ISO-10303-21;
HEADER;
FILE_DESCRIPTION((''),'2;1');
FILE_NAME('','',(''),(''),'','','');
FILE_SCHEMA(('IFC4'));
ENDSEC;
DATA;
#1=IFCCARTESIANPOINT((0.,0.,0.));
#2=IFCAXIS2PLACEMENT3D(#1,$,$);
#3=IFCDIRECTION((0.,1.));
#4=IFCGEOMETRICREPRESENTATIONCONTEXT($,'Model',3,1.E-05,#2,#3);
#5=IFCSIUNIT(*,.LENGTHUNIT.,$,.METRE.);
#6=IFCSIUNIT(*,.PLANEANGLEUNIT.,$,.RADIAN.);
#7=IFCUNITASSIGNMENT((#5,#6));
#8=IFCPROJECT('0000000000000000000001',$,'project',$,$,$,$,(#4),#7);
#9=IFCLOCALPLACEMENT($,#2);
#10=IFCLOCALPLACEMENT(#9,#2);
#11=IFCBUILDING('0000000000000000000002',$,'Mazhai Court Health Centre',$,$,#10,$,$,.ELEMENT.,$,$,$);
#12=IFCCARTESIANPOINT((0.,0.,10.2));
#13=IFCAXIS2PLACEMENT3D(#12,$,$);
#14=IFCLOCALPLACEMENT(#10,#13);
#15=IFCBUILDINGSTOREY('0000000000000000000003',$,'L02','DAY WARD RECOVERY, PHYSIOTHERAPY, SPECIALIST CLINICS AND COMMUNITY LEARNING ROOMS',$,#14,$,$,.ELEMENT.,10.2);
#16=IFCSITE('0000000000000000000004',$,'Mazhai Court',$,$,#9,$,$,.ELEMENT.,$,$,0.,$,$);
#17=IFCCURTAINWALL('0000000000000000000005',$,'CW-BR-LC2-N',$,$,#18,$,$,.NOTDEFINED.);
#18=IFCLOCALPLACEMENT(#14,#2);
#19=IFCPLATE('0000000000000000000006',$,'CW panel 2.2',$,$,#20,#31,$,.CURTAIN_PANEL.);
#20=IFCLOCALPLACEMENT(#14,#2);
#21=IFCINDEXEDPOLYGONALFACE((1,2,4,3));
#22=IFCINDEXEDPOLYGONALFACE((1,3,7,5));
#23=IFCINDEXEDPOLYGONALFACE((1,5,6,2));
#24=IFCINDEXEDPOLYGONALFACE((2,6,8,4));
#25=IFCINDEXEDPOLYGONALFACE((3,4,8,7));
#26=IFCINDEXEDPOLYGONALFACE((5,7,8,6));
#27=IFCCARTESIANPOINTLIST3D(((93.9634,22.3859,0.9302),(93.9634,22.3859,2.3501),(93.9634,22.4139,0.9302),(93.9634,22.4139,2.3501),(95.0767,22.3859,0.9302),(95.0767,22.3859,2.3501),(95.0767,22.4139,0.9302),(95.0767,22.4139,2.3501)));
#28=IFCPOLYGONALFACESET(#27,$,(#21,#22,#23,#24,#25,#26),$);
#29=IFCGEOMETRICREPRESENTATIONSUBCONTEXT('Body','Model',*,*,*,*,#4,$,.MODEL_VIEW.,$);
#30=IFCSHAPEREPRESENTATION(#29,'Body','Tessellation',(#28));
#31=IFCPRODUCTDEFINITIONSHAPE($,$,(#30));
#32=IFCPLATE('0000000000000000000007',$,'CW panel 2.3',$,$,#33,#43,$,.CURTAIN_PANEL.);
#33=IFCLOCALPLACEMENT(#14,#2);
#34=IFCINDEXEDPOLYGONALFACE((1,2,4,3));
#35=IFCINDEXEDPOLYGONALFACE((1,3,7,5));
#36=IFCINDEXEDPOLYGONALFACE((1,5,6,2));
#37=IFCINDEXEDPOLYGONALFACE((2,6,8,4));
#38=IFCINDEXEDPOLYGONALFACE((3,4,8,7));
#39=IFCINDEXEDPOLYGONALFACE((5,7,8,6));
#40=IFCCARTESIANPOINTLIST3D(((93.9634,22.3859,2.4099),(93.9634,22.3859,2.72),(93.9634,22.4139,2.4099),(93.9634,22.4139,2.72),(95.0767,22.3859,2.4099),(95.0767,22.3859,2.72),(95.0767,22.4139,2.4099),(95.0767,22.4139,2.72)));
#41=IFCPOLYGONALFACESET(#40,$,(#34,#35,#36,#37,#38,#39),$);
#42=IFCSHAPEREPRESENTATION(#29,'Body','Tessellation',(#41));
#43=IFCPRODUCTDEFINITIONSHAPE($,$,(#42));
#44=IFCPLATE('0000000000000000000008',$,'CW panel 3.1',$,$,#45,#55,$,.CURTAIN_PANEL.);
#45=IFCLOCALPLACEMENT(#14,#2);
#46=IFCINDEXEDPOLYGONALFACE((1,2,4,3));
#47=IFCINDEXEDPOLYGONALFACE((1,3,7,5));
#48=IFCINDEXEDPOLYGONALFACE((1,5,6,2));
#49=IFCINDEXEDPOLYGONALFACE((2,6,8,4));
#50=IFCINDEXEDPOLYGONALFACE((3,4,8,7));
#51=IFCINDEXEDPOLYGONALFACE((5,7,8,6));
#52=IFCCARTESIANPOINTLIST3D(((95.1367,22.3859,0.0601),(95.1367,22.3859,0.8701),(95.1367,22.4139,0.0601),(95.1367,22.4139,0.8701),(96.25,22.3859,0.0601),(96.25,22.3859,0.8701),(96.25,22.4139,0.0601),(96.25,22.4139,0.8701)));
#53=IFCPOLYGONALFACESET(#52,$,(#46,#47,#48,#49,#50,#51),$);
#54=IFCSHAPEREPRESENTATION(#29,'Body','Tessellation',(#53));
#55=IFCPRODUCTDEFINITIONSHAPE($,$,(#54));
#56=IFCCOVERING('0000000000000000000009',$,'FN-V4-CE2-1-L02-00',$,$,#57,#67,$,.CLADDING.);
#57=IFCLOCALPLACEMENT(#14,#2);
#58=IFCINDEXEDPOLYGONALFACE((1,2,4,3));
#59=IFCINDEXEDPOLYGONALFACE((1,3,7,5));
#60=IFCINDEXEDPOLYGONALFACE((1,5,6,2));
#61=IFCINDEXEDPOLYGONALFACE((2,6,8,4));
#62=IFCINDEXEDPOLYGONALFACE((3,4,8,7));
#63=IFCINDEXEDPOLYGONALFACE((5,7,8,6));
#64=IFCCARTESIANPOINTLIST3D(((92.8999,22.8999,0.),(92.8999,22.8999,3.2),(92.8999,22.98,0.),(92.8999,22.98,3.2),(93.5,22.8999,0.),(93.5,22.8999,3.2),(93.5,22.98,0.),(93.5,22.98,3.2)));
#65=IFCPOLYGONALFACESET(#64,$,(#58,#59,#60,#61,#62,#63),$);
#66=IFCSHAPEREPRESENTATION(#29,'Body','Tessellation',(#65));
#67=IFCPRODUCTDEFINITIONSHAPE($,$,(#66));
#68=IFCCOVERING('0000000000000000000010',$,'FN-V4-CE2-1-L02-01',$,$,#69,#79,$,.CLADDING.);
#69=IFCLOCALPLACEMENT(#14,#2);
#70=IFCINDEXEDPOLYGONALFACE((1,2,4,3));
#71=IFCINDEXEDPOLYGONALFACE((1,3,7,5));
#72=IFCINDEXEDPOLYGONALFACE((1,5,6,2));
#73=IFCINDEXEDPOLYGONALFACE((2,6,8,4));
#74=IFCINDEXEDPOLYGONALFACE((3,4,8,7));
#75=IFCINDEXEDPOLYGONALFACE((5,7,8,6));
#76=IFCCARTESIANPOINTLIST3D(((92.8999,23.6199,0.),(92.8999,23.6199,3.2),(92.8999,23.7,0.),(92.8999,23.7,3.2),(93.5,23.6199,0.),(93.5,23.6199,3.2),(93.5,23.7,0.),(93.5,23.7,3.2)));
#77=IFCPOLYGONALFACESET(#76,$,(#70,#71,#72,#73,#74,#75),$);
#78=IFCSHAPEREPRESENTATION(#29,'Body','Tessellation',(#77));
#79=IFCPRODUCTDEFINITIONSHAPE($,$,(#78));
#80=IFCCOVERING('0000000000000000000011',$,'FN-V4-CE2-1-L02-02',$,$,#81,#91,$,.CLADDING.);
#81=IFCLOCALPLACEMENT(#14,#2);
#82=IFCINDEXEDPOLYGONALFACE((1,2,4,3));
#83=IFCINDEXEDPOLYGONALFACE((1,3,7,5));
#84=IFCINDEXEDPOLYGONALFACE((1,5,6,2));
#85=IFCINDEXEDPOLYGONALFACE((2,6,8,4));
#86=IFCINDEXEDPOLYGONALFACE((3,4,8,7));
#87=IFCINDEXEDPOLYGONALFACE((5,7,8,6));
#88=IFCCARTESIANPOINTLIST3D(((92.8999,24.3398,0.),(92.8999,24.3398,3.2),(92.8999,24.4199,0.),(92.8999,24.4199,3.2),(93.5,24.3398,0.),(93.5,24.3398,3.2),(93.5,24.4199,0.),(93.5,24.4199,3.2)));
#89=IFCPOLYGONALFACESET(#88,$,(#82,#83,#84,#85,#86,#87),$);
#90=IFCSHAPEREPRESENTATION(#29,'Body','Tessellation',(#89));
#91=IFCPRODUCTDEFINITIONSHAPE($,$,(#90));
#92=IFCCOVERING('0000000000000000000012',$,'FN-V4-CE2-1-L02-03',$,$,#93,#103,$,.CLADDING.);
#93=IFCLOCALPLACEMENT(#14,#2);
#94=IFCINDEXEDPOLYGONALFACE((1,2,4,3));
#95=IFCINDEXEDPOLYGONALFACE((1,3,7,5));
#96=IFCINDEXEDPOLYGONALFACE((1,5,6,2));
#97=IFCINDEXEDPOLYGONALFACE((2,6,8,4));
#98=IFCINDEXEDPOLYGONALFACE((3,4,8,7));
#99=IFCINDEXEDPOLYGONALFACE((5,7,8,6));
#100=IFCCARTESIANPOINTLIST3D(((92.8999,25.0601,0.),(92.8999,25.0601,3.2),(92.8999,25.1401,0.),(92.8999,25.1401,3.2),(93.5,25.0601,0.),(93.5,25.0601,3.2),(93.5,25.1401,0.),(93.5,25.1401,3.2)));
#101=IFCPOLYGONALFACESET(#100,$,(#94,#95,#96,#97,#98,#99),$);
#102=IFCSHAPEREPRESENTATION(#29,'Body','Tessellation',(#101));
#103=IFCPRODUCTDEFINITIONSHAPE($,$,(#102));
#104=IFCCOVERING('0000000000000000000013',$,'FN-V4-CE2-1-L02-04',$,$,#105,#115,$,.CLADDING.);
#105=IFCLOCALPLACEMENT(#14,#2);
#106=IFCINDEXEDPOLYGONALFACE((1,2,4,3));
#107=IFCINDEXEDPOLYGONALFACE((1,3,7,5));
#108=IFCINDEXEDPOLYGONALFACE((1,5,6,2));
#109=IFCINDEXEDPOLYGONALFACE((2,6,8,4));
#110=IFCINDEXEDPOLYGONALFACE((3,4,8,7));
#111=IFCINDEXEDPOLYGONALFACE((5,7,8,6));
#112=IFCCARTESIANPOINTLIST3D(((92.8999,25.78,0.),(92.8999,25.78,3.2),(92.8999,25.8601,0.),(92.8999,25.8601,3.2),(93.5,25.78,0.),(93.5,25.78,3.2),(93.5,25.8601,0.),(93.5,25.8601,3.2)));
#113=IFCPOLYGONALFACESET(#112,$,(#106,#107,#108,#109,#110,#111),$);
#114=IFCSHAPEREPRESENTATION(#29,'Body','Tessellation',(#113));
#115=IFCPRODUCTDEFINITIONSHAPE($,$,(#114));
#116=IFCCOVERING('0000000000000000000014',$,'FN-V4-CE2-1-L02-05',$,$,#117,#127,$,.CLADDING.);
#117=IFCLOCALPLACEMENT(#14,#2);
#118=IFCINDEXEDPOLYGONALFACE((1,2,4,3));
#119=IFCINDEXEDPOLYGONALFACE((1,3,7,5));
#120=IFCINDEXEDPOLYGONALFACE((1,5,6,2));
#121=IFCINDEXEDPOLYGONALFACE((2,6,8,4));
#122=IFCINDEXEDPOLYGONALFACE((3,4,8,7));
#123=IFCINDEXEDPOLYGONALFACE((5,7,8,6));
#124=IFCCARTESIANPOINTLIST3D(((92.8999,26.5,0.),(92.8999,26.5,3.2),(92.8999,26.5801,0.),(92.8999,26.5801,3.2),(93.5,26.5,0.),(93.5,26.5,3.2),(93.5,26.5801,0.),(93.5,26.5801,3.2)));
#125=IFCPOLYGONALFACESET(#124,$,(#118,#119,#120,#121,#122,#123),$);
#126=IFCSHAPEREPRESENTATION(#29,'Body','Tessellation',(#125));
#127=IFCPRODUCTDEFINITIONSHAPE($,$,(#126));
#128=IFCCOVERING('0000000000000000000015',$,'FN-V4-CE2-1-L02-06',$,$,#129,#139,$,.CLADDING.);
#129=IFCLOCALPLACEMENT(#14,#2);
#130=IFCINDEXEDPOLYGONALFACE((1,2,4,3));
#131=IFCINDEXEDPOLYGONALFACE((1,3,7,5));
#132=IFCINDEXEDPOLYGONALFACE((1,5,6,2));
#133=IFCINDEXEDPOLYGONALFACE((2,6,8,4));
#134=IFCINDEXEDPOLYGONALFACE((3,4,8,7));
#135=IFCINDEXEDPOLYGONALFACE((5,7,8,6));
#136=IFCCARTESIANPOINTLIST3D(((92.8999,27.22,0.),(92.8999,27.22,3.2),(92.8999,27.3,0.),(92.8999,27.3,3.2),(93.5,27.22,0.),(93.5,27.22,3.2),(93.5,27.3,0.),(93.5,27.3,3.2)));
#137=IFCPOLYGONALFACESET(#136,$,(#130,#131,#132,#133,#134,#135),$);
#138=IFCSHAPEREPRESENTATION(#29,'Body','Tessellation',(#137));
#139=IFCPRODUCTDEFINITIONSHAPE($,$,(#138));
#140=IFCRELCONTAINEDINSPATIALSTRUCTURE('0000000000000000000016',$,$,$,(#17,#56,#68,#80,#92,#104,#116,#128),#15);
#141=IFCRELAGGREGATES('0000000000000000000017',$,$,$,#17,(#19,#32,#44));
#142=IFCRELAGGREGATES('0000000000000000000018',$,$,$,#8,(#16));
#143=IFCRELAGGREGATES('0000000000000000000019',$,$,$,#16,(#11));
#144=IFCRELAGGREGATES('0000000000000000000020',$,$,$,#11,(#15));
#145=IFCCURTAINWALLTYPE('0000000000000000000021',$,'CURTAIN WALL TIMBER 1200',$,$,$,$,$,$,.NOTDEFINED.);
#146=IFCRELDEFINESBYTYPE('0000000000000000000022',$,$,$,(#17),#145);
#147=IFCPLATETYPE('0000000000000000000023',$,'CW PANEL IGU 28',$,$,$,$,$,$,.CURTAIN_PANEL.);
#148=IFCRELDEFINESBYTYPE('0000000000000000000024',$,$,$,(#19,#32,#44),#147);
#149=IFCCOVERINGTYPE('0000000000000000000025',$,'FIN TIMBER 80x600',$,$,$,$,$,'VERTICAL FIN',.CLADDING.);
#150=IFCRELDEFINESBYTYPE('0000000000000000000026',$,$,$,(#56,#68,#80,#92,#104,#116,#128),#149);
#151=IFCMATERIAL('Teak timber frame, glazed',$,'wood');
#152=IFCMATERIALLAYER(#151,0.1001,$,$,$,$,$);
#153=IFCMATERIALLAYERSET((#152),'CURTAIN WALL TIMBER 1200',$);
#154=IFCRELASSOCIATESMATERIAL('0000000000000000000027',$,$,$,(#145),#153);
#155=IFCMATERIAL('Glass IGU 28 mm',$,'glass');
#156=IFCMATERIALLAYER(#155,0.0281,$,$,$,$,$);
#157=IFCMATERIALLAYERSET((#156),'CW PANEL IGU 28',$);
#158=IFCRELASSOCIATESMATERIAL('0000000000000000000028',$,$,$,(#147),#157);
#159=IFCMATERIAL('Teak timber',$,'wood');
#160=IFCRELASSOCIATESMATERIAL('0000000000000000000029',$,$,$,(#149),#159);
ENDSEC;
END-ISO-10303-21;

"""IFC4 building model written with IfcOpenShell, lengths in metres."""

from ifc_helpers import new_model, si_unit, direction, frame, origin, origin_2d, place, context, subcontext, project, spatial, rectangle, extrude, material, layer, layer_set, type_object, element, aggregate, save


model = new_model("IFC4")

# Units and contexts
model_context = context("Model", 3, precision=1e-05, world=origin(), true_north=direction((0.0, 1.0)))
body_context = subcontext(model_context, "Body", "Model", "MODEL_VIEW")
ifc_project = project(units=[si_unit("LENGTHUNIT", "METRE"), si_unit("PLANEANGLEUNIT", "RADIAN")], contexts=[model_context])

# Site, building, storey
site_placement = place(None, origin())
site = spatial("IfcSite", under=ifc_project, at=site_placement, Name="Mazhai Court", CompositionType="ELEMENT", RefElevation=0.0)
building_placement = place(site_placement, origin())
building = spatial("IfcBuilding", under=site, at=building_placement, Name="Mazhai Court Health Centre", CompositionType="ELEMENT")
storey_placement = place(building_placement, frame((0.0, 0.0, 10.2)))
storey = spatial("IfcBuildingStorey", under=building, at=storey_placement, Name="L02", Description="DAY WARD RECOVERY, PHYSIOTHERAPY, SPECIALIST CLINICS AND COMMUNITY LEARNING ROOMS", CompositionType="ELEMENT", Elevation=10.2)

# Curtain wall, plates
ifc_material_1 = material(Name="Teak timber frame, glazed", Category="wood")
ifc_layer_1 = layer(ifc_material_1, 0.1001)
ifc_layer_set_1 = layer_set([ifc_layer_1], Name="CURTAIN WALL TIMBER 1200")
curtain_wall_type = type_object("IfcCurtainWallType", Name="CURTAIN WALL TIMBER 1200", PredefinedType="NOTDEFINED", material=ifc_layer_set_1)
curtain_wall_placement = place(storey_placement, origin())
curtain_wall = element("IfcCurtainWall", 1, at=curtain_wall_placement, inside=storey, type_object=curtain_wall_type, Name="CW-BR-LC2-N", PredefinedType="NOTDEFINED")
ifc_material_2 = material(Name="Glass IGU 28 mm", Category="glass")
ifc_layer_2 = layer(ifc_material_2, 0.0281)
ifc_layer_set_2 = layer_set([ifc_layer_2], Name="CW PANEL IGU 28")
plate_type = type_object("IfcPlateType", Name="CW PANEL IGU 28", PredefinedType="CURTAIN_PANEL", material=ifc_layer_set_2)
plate_1_placement = place(storey_placement, frame((94.52, 22.3999, 0.9302), z_axis=(0.0, 0.0, 1.0), x_axis=(1.0, 0.0, 0.0)))
plate_1 = element("IfcPlate", 2, at=plate_1_placement, type_object=plate_type, Name="CW panel 2.2", PredefinedType="CURTAIN_PANEL", context=body_context, shape_type="SweptSolid", body=[
    extrude(rectangle(XDim=1.1133, YDim=0.0281, at=origin_2d()), origin(), (0.0, 0.0, 1.0), 1.4199),
])
plate_2_placement = place(storey_placement, frame((94.52, 22.3999, 2.4099), z_axis=(0.0, 0.0, 1.0), x_axis=(1.0, 0.0, 0.0)))
plate_2 = element("IfcPlate", 3, at=plate_2_placement, type_object=plate_type, Name="CW panel 2.3", PredefinedType="CURTAIN_PANEL", context=body_context, shape_type="SweptSolid", body=[
    extrude(rectangle(XDim=1.1133, YDim=0.0281, at=origin_2d()), origin(), (0.0, 0.0, 1.0), 0.3101),
])
plate_3_placement = place(storey_placement, frame((95.6934, 22.3999, 0.0601), z_axis=(0.0, 0.0, 1.0), x_axis=(1.0, 0.0, 0.0)))
plate_3 = element("IfcPlate", 4, at=plate_3_placement, type_object=plate_type, Name="CW panel 3.1", PredefinedType="CURTAIN_PANEL", context=body_context, shape_type="SweptSolid", body=[
    extrude(rectangle(XDim=1.1133, YDim=0.0281, at=origin_2d()), origin(), (0.0, 0.0, 1.0), 0.8101),
])
aggregate(curtain_wall, [plate_1, plate_2, plate_3])

# Coverings
ifc_material_3 = material(Name="Teak timber", Category="wood")
covering_type = type_object("IfcCoveringType", Name="FIN TIMBER 80x600", ElementType="VERTICAL FIN", PredefinedType="CLADDING", material=ifc_material_3)
for number, where, z_axis, x_axis, name in (
    (5, (93.2, 22.9399, 0.0), (0.0, 0.0, 1.0), (0.0, 1.0, 0.0), "FN-V4-CE2-1-L02-00"),
    (6, (93.2, 23.6599, 0.0), (0.0, 0.0, 1.0), (0.0, 1.0, 0.0), "FN-V4-CE2-1-L02-01"),
    (7, (93.2, 24.3799, 0.0), (0.0, 0.0, 1.0), (0.0, 1.0, 0.0), "FN-V4-CE2-1-L02-02"),
    (8, (93.2, 25.1001, 0.0), (0.0, 0.0, 1.0), (0.0, 1.0, 0.0), "FN-V4-CE2-1-L02-03"),
    (9, (93.2, 25.8201, 0.0), (0.0, 0.0, 1.0), (0.0, 1.0, 0.0), "FN-V4-CE2-1-L02-04"),
    (10, (93.2, 26.54, 0.0), (0.0, 0.0, 1.0), (0.0, 1.0, 0.0), "FN-V4-CE2-1-L02-05"),
    (11, (93.2, 27.26, 0.0), (0.0, 0.0, 1.0), (0.0, 1.0, 0.0), "FN-V4-CE2-1-L02-06"),
):
    element("IfcCovering", number, at=place(storey_placement, frame(where, z_axis=z_axis, x_axis=x_axis)), inside=storey, type_object=covering_type, Name=name, PredefinedType="CLADDING", context=body_context, shape_type="SweptSolid", body=[
        extrude(rectangle(XDim=0.0801, YDim=0.6001, at=origin_2d()), origin(), (0.0, 0.0, 1.0), 3.2),
    ])

save(model, "model.ifc")
